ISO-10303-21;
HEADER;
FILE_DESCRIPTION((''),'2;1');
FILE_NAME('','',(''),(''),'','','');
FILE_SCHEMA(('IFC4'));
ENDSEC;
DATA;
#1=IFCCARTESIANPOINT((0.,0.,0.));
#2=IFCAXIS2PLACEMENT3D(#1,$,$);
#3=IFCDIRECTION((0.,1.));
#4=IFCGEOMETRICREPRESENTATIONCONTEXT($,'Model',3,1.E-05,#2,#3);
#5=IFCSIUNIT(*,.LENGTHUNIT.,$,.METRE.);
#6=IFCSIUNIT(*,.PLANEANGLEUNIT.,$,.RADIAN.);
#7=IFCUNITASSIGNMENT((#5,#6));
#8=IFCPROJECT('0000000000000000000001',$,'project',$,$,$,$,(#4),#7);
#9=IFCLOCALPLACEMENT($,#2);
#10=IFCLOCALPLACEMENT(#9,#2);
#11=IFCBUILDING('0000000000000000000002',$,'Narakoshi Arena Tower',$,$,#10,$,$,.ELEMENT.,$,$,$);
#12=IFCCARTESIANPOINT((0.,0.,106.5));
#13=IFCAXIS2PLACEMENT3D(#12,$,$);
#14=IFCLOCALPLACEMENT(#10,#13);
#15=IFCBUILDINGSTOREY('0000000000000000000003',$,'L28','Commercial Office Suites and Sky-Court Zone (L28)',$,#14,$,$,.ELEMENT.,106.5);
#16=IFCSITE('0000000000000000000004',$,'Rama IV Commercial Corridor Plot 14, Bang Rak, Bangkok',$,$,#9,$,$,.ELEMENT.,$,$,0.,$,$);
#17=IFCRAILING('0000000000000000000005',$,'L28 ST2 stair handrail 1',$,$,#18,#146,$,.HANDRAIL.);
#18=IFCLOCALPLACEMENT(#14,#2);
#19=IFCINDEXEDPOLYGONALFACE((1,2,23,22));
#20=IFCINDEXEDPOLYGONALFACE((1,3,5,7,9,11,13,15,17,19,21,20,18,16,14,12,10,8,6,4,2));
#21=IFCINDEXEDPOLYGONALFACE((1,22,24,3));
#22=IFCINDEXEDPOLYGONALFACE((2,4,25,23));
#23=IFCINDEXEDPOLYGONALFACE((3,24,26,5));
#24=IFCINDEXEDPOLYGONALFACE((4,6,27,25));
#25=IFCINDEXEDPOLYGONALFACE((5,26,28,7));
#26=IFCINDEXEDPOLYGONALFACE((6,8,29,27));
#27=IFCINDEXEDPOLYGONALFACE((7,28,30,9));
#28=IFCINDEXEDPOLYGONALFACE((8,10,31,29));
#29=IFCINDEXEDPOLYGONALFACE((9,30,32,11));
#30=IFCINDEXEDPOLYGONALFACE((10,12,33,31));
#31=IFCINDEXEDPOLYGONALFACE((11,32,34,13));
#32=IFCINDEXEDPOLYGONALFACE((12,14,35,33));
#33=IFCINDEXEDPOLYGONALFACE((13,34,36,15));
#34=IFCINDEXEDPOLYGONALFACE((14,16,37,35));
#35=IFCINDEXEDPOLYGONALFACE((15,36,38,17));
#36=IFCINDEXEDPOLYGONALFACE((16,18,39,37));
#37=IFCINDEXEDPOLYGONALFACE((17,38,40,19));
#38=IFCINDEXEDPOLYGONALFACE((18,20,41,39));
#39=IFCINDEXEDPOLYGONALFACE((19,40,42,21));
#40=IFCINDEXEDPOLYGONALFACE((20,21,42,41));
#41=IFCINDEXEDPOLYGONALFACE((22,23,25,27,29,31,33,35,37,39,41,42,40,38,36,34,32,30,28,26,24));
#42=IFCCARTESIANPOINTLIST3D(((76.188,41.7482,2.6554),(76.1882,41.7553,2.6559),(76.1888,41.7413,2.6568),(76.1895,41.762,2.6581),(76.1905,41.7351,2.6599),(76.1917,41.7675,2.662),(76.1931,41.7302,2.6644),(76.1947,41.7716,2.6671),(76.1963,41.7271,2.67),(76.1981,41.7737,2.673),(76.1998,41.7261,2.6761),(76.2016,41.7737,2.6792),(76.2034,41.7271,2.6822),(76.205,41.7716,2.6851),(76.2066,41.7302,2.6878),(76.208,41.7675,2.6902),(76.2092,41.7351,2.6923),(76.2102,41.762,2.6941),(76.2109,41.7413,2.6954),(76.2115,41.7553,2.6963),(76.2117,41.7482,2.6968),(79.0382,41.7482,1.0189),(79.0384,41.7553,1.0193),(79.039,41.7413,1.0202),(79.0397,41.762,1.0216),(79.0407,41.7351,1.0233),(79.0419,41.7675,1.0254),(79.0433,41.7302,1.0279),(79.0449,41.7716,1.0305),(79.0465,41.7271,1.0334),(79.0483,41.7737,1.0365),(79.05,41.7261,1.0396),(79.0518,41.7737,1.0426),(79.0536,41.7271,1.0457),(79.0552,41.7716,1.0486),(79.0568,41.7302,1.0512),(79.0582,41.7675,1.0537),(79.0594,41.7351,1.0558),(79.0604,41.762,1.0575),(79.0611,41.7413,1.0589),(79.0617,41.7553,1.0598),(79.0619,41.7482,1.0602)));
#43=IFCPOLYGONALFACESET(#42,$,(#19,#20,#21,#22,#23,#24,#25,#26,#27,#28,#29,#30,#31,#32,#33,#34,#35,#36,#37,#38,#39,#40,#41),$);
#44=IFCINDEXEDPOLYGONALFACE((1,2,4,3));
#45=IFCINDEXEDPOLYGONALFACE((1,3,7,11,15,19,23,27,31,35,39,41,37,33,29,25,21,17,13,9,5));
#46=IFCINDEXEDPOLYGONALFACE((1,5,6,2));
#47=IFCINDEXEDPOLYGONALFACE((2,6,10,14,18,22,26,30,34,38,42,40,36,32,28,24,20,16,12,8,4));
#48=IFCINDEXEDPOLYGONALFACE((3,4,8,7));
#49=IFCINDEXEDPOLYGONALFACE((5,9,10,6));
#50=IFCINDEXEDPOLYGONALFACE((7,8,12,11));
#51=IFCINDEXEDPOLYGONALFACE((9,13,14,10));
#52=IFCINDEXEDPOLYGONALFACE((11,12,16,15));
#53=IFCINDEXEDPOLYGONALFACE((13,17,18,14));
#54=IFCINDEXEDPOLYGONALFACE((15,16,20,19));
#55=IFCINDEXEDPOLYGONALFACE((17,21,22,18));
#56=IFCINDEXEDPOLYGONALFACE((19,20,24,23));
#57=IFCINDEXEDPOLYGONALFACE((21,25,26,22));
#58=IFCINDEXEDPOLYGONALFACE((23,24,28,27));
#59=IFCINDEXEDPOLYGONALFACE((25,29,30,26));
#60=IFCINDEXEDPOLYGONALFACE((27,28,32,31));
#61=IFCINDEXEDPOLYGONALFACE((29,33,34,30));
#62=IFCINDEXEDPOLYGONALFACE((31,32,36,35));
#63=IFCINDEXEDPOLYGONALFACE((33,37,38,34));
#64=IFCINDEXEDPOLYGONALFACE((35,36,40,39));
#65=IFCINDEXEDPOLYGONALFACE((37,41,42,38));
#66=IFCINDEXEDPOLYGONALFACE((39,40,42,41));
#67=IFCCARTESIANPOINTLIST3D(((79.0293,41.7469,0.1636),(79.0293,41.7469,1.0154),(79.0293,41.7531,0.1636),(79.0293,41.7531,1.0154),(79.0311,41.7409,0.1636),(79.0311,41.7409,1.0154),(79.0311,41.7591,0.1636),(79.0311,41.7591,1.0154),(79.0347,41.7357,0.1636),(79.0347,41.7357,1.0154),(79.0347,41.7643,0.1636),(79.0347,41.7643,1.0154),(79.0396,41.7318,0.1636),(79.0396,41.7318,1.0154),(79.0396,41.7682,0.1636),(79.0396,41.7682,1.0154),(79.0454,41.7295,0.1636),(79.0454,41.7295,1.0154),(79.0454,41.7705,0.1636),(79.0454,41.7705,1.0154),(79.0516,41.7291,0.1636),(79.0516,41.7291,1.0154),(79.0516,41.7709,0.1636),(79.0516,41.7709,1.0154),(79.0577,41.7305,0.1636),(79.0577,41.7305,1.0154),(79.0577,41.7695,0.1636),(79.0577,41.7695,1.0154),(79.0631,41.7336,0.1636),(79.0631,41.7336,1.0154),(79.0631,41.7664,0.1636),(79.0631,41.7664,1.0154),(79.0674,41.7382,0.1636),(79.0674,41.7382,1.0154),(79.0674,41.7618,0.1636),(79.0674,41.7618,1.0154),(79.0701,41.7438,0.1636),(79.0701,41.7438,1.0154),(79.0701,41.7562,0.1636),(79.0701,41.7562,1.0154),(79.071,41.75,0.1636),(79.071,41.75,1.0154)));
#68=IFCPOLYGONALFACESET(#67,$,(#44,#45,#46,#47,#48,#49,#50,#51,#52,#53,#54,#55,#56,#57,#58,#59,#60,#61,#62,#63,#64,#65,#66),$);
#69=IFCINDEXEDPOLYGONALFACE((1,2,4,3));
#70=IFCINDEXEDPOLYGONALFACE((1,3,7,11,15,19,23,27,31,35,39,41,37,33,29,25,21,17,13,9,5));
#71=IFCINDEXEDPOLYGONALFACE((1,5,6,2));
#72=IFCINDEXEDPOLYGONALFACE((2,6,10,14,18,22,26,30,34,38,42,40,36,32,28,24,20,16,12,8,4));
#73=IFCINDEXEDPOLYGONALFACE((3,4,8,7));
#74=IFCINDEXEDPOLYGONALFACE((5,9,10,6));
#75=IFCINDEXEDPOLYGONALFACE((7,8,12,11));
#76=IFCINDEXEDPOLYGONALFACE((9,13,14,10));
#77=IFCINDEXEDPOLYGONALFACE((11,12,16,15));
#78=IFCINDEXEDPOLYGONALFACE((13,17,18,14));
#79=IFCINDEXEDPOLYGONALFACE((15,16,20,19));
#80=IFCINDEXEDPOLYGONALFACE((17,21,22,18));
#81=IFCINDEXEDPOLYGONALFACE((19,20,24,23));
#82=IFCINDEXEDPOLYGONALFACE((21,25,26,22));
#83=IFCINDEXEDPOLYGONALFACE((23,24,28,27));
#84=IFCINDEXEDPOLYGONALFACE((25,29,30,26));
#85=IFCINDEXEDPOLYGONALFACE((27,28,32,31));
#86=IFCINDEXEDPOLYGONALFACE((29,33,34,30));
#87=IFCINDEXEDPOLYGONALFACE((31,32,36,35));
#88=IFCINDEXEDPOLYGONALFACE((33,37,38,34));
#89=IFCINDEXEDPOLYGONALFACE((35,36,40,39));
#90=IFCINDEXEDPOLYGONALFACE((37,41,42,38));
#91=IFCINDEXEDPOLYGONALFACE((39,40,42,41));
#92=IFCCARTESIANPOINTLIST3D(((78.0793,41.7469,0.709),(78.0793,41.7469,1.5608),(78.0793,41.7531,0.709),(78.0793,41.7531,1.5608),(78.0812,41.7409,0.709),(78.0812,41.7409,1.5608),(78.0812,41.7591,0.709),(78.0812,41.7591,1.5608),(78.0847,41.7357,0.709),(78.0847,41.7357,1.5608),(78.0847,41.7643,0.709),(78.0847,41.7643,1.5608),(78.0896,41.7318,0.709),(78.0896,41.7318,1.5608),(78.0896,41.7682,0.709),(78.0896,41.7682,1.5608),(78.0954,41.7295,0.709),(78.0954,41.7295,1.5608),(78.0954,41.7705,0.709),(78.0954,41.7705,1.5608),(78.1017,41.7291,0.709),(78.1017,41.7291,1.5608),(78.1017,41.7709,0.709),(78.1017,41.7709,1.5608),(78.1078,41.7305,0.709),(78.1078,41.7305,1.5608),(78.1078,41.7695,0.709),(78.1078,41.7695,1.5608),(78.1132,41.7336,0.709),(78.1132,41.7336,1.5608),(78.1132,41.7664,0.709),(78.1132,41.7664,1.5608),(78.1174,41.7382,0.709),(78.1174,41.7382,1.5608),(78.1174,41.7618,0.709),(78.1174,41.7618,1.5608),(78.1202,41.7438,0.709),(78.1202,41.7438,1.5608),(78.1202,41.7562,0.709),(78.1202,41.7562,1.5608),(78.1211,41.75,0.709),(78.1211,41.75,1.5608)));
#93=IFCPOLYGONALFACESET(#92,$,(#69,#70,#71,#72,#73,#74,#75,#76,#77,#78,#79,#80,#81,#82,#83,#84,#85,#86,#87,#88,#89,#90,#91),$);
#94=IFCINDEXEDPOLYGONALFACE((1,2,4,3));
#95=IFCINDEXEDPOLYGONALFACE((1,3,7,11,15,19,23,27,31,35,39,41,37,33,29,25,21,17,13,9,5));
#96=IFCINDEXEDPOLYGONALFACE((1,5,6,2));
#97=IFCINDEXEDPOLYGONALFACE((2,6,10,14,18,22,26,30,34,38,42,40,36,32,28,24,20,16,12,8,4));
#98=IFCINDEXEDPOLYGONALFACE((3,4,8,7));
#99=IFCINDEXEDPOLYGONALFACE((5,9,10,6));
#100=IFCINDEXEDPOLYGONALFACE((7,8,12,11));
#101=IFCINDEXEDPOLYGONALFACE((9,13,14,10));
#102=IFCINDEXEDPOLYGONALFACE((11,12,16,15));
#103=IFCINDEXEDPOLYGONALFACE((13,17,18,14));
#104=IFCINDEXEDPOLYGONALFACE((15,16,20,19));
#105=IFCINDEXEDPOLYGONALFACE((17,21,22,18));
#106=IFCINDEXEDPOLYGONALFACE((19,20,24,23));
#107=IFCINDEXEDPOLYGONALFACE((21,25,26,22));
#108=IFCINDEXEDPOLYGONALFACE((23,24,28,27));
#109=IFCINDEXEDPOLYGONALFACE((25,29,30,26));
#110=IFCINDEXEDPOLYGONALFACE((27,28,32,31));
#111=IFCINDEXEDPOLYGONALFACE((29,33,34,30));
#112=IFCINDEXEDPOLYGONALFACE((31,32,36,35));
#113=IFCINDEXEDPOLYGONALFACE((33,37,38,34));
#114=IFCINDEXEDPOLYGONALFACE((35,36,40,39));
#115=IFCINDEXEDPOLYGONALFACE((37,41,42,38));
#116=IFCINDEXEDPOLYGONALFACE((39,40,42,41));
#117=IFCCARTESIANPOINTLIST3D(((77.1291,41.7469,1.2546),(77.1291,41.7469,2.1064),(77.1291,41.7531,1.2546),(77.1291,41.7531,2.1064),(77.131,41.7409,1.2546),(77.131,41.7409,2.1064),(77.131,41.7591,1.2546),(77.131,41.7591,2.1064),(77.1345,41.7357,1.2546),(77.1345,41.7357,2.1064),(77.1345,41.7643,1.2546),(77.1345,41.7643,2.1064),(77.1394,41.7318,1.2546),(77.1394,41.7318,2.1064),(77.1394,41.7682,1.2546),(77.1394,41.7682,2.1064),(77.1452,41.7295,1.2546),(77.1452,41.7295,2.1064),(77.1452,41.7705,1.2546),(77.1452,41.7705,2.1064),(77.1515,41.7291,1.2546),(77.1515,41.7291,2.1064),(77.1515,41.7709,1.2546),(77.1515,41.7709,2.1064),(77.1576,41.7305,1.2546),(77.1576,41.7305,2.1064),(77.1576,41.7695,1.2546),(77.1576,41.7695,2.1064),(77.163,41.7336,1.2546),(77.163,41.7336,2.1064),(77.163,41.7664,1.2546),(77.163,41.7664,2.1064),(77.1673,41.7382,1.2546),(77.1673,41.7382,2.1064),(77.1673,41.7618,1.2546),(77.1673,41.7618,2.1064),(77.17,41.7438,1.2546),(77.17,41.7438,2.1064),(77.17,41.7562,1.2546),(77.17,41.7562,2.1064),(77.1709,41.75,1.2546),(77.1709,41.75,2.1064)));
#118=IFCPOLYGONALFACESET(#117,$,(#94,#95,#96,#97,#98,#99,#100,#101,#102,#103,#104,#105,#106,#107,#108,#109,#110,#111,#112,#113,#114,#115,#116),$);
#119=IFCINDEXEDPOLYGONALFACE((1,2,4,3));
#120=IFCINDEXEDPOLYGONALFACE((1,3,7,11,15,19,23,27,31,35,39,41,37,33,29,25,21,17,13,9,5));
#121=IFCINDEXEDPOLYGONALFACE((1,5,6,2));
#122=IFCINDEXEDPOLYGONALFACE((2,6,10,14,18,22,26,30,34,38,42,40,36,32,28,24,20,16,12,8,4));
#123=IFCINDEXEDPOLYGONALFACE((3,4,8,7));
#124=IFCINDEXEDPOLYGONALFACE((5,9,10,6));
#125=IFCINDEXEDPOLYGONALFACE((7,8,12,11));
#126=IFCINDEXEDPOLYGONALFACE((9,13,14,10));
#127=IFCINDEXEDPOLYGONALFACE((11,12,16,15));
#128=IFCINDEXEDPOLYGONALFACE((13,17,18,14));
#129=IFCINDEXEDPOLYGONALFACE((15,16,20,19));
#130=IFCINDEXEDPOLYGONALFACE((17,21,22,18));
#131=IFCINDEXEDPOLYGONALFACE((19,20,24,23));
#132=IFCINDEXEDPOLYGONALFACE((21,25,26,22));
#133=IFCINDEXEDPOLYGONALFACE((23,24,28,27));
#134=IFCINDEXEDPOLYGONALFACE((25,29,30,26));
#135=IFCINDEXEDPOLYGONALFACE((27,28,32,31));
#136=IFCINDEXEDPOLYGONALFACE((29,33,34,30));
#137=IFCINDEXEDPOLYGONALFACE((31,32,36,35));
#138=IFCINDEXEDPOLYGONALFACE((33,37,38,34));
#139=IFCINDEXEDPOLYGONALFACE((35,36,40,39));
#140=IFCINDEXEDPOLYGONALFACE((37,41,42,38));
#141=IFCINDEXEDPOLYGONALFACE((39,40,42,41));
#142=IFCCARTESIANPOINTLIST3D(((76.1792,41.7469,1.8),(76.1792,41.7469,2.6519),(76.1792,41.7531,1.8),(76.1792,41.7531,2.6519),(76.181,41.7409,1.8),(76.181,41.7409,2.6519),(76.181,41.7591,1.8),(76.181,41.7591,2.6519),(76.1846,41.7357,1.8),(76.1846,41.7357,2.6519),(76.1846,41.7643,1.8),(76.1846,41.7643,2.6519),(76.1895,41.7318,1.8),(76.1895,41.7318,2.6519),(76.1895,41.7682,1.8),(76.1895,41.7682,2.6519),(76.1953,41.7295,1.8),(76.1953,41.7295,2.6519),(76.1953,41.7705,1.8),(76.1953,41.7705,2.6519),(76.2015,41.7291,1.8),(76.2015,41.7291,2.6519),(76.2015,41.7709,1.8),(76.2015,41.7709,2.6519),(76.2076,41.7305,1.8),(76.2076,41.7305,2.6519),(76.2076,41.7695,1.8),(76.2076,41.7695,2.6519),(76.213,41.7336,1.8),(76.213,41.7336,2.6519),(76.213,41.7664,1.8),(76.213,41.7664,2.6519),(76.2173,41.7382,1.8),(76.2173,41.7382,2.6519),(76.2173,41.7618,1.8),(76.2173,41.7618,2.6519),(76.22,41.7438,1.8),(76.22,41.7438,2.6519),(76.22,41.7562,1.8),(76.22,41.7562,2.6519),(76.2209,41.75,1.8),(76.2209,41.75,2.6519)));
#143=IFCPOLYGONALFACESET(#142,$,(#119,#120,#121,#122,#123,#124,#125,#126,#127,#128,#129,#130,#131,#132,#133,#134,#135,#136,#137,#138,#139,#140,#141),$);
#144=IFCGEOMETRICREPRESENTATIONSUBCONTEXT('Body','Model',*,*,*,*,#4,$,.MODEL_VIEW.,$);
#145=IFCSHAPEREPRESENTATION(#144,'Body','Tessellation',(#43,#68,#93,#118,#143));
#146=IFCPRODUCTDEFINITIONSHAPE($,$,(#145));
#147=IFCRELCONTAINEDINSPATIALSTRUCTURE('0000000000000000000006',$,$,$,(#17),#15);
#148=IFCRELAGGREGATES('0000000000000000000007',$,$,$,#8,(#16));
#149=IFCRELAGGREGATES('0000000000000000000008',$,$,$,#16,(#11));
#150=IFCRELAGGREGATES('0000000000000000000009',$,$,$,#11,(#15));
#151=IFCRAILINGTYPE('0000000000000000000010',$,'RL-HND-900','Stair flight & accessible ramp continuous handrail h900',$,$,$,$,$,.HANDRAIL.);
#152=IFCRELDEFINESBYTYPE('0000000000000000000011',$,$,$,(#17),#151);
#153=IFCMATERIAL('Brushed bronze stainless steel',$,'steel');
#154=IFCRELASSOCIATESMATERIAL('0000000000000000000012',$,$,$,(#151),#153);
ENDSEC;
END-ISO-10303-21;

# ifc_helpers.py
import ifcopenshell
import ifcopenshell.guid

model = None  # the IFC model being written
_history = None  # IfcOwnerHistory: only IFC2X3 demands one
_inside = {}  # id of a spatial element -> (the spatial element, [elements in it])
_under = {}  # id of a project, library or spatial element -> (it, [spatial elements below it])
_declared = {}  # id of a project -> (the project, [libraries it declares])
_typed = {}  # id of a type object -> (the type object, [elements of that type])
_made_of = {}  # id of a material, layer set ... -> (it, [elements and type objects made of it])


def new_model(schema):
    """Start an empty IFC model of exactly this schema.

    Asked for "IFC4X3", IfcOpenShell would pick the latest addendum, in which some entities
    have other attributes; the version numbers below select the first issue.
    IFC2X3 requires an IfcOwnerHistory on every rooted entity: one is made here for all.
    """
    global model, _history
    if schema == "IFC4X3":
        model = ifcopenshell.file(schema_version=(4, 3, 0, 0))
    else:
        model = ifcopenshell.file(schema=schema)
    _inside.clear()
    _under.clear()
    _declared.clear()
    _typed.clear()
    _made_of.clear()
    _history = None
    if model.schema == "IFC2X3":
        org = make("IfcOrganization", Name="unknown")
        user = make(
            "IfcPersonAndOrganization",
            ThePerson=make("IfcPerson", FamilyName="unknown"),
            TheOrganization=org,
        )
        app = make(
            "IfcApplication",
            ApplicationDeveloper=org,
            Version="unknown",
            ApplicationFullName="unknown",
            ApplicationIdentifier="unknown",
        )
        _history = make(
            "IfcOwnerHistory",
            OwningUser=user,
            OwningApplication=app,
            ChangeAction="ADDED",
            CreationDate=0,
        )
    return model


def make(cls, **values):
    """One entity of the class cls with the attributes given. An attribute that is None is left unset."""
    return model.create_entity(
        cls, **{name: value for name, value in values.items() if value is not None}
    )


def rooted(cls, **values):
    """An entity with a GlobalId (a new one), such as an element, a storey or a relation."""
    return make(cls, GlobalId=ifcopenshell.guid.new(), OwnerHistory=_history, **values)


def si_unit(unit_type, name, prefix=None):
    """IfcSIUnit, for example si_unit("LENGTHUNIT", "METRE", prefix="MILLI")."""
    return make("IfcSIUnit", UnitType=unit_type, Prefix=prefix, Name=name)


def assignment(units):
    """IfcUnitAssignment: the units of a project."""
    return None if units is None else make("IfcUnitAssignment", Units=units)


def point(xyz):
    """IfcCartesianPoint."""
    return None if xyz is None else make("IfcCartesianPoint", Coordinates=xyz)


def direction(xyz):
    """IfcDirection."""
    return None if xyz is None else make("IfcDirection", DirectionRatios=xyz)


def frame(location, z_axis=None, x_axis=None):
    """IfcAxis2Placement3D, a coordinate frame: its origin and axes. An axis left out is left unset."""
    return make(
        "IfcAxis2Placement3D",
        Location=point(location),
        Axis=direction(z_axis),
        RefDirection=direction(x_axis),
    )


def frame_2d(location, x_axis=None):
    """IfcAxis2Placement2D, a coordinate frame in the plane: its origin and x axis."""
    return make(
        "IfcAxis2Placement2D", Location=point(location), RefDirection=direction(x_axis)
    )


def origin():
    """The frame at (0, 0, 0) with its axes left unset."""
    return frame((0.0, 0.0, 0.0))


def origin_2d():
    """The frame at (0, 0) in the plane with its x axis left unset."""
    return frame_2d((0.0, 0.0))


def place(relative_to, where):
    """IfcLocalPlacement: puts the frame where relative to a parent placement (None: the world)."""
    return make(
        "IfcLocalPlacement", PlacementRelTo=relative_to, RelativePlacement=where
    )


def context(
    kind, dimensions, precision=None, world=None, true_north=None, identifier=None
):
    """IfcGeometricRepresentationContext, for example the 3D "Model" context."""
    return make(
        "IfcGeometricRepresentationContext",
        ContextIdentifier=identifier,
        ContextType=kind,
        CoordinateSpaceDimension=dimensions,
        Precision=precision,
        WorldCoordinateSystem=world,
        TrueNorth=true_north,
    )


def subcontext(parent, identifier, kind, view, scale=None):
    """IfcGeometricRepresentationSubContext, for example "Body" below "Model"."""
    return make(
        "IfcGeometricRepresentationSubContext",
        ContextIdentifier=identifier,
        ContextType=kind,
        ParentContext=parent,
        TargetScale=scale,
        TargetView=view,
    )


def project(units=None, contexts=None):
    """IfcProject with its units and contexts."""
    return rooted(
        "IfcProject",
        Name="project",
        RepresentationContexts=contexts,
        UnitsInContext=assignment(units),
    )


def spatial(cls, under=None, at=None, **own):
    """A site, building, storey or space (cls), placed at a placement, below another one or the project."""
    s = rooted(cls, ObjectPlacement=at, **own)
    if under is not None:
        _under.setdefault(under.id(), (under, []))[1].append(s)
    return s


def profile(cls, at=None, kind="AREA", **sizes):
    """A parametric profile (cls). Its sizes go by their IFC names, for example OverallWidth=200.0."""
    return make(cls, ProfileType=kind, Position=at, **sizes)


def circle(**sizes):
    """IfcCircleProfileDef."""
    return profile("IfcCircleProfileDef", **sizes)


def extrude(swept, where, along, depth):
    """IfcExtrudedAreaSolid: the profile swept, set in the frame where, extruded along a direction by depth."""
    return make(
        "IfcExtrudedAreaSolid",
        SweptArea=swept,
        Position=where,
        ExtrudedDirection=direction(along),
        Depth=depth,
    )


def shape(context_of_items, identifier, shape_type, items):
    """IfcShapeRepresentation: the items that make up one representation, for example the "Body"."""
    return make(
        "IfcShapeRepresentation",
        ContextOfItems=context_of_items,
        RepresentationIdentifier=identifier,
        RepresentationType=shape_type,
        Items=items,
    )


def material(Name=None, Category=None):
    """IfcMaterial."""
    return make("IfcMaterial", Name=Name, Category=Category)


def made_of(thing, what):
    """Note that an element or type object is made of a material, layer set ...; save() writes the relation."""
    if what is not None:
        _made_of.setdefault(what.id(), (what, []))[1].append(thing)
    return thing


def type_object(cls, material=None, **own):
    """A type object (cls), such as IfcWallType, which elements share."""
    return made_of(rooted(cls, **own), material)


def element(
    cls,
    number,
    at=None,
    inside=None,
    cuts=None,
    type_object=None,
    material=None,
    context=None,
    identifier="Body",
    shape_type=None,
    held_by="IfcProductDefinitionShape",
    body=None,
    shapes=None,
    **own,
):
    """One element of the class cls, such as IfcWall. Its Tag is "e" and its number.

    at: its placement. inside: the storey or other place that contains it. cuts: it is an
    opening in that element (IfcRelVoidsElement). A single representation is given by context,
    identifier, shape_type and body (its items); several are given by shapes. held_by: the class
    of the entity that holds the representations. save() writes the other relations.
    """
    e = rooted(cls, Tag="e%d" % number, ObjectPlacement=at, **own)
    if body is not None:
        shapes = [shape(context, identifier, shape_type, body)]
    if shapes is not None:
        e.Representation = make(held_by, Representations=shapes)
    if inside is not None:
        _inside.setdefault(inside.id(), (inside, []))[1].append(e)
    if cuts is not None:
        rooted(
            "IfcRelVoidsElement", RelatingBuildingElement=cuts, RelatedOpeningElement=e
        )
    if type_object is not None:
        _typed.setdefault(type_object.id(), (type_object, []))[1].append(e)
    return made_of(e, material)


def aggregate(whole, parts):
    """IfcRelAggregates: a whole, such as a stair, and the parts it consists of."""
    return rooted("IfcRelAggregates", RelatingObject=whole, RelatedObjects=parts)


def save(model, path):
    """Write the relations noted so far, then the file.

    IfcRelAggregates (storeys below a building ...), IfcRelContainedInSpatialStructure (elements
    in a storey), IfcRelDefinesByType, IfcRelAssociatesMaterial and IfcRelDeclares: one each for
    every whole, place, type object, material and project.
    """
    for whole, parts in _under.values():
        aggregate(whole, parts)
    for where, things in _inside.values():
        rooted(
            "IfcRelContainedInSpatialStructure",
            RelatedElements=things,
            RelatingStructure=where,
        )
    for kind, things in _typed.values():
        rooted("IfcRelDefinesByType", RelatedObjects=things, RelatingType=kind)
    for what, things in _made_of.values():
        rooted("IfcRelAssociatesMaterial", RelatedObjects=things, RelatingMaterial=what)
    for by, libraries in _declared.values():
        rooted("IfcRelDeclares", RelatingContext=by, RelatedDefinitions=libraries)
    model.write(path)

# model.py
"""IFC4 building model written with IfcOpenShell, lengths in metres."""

from ifc_helpers import new_model, si_unit, direction, frame, origin, origin_2d, place, context, subcontext, project, spatial, circle, extrude, material, type_object, element, save


model = new_model("IFC4")

# Units and contexts
model_context = context("Model", 3, precision=1e-05, world=origin(), true_north=direction((0.0, 1.0)))
body_context = subcontext(model_context, "Body", "Model", "MODEL_VIEW")
ifc_project = project(units=[si_unit("LENGTHUNIT", "METRE"), si_unit("PLANEANGLEUNIT", "RADIAN")], contexts=[model_context])

# Site, building, storey
site_placement = place(None, origin())
site = spatial("IfcSite", under=ifc_project, at=site_placement, Name="Rama IV Commercial Corridor Plot 14, Bang Rak, Bangkok", CompositionType="ELEMENT", RefElevation=0.0)
building_placement = place(site_placement, origin())
building = spatial("IfcBuilding", under=site, at=building_placement, Name="Narakoshi Arena Tower", CompositionType="ELEMENT")
storey_placement = place(building_placement, frame((0.0, 0.0, 106.5)))
storey = spatial("IfcBuildingStorey", under=building, at=storey_placement, Name="L28", Description="Commercial Office Suites and Sky-Court Zone (L28)", CompositionType="ELEMENT", Elevation=106.5)

# Railing
ifc_material_1 = material(Name="Brushed bronze stainless steel", Category="steel")
railing_type_1 = type_object("IfcRailingType", Name="RL-HND-900", Description="Stair flight & accessible ramp continuous handrail h900", PredefinedType="HANDRAIL", material=ifc_material_1)
for number, where, name in (
    (1, (79.05, 41.75, 0.1636), "L28 ST2 stair handrail 1"),
):
    element("IfcRailing", number, at=place(storey_placement, frame(where)), inside=storey, type_object=railing_type_1, Name=name, PredefinedType="HANDRAIL", context=body_context, shape_type="SweptSolid", body=[
        extrude(circle(Radius=0.0239, at=origin_2d()), frame((0.0, 0.0, 0.876), z_axis=(-0.867213, 0.0, 0.497938), x_axis=(0.0, -1.0, 0.0)), (0.0, 0.0, 1.0), 3.2866),
        extrude(circle(Radius=0.021, at=origin_2d()), origin(), (0.0, 0.0, 1.0), 0.8518),
        extrude(circle(Radius=0.021, at=origin_2d()), frame((-0.95, 0.0, 0.5454)), (0.0, 0.0, 1.0), 0.8518),
        extrude(circle(Radius=0.021, at=origin_2d()), frame((-1.9001, 0.0, 1.0911)), (0.0, 0.0, 1.0), 0.8518),
        extrude(circle(Radius=0.021, at=origin_2d()), frame((-2.8501, 0.0, 1.6365)), (0.0, 0.0, 1.0), 0.8518),
    ])

save(model, "model.ifc")
